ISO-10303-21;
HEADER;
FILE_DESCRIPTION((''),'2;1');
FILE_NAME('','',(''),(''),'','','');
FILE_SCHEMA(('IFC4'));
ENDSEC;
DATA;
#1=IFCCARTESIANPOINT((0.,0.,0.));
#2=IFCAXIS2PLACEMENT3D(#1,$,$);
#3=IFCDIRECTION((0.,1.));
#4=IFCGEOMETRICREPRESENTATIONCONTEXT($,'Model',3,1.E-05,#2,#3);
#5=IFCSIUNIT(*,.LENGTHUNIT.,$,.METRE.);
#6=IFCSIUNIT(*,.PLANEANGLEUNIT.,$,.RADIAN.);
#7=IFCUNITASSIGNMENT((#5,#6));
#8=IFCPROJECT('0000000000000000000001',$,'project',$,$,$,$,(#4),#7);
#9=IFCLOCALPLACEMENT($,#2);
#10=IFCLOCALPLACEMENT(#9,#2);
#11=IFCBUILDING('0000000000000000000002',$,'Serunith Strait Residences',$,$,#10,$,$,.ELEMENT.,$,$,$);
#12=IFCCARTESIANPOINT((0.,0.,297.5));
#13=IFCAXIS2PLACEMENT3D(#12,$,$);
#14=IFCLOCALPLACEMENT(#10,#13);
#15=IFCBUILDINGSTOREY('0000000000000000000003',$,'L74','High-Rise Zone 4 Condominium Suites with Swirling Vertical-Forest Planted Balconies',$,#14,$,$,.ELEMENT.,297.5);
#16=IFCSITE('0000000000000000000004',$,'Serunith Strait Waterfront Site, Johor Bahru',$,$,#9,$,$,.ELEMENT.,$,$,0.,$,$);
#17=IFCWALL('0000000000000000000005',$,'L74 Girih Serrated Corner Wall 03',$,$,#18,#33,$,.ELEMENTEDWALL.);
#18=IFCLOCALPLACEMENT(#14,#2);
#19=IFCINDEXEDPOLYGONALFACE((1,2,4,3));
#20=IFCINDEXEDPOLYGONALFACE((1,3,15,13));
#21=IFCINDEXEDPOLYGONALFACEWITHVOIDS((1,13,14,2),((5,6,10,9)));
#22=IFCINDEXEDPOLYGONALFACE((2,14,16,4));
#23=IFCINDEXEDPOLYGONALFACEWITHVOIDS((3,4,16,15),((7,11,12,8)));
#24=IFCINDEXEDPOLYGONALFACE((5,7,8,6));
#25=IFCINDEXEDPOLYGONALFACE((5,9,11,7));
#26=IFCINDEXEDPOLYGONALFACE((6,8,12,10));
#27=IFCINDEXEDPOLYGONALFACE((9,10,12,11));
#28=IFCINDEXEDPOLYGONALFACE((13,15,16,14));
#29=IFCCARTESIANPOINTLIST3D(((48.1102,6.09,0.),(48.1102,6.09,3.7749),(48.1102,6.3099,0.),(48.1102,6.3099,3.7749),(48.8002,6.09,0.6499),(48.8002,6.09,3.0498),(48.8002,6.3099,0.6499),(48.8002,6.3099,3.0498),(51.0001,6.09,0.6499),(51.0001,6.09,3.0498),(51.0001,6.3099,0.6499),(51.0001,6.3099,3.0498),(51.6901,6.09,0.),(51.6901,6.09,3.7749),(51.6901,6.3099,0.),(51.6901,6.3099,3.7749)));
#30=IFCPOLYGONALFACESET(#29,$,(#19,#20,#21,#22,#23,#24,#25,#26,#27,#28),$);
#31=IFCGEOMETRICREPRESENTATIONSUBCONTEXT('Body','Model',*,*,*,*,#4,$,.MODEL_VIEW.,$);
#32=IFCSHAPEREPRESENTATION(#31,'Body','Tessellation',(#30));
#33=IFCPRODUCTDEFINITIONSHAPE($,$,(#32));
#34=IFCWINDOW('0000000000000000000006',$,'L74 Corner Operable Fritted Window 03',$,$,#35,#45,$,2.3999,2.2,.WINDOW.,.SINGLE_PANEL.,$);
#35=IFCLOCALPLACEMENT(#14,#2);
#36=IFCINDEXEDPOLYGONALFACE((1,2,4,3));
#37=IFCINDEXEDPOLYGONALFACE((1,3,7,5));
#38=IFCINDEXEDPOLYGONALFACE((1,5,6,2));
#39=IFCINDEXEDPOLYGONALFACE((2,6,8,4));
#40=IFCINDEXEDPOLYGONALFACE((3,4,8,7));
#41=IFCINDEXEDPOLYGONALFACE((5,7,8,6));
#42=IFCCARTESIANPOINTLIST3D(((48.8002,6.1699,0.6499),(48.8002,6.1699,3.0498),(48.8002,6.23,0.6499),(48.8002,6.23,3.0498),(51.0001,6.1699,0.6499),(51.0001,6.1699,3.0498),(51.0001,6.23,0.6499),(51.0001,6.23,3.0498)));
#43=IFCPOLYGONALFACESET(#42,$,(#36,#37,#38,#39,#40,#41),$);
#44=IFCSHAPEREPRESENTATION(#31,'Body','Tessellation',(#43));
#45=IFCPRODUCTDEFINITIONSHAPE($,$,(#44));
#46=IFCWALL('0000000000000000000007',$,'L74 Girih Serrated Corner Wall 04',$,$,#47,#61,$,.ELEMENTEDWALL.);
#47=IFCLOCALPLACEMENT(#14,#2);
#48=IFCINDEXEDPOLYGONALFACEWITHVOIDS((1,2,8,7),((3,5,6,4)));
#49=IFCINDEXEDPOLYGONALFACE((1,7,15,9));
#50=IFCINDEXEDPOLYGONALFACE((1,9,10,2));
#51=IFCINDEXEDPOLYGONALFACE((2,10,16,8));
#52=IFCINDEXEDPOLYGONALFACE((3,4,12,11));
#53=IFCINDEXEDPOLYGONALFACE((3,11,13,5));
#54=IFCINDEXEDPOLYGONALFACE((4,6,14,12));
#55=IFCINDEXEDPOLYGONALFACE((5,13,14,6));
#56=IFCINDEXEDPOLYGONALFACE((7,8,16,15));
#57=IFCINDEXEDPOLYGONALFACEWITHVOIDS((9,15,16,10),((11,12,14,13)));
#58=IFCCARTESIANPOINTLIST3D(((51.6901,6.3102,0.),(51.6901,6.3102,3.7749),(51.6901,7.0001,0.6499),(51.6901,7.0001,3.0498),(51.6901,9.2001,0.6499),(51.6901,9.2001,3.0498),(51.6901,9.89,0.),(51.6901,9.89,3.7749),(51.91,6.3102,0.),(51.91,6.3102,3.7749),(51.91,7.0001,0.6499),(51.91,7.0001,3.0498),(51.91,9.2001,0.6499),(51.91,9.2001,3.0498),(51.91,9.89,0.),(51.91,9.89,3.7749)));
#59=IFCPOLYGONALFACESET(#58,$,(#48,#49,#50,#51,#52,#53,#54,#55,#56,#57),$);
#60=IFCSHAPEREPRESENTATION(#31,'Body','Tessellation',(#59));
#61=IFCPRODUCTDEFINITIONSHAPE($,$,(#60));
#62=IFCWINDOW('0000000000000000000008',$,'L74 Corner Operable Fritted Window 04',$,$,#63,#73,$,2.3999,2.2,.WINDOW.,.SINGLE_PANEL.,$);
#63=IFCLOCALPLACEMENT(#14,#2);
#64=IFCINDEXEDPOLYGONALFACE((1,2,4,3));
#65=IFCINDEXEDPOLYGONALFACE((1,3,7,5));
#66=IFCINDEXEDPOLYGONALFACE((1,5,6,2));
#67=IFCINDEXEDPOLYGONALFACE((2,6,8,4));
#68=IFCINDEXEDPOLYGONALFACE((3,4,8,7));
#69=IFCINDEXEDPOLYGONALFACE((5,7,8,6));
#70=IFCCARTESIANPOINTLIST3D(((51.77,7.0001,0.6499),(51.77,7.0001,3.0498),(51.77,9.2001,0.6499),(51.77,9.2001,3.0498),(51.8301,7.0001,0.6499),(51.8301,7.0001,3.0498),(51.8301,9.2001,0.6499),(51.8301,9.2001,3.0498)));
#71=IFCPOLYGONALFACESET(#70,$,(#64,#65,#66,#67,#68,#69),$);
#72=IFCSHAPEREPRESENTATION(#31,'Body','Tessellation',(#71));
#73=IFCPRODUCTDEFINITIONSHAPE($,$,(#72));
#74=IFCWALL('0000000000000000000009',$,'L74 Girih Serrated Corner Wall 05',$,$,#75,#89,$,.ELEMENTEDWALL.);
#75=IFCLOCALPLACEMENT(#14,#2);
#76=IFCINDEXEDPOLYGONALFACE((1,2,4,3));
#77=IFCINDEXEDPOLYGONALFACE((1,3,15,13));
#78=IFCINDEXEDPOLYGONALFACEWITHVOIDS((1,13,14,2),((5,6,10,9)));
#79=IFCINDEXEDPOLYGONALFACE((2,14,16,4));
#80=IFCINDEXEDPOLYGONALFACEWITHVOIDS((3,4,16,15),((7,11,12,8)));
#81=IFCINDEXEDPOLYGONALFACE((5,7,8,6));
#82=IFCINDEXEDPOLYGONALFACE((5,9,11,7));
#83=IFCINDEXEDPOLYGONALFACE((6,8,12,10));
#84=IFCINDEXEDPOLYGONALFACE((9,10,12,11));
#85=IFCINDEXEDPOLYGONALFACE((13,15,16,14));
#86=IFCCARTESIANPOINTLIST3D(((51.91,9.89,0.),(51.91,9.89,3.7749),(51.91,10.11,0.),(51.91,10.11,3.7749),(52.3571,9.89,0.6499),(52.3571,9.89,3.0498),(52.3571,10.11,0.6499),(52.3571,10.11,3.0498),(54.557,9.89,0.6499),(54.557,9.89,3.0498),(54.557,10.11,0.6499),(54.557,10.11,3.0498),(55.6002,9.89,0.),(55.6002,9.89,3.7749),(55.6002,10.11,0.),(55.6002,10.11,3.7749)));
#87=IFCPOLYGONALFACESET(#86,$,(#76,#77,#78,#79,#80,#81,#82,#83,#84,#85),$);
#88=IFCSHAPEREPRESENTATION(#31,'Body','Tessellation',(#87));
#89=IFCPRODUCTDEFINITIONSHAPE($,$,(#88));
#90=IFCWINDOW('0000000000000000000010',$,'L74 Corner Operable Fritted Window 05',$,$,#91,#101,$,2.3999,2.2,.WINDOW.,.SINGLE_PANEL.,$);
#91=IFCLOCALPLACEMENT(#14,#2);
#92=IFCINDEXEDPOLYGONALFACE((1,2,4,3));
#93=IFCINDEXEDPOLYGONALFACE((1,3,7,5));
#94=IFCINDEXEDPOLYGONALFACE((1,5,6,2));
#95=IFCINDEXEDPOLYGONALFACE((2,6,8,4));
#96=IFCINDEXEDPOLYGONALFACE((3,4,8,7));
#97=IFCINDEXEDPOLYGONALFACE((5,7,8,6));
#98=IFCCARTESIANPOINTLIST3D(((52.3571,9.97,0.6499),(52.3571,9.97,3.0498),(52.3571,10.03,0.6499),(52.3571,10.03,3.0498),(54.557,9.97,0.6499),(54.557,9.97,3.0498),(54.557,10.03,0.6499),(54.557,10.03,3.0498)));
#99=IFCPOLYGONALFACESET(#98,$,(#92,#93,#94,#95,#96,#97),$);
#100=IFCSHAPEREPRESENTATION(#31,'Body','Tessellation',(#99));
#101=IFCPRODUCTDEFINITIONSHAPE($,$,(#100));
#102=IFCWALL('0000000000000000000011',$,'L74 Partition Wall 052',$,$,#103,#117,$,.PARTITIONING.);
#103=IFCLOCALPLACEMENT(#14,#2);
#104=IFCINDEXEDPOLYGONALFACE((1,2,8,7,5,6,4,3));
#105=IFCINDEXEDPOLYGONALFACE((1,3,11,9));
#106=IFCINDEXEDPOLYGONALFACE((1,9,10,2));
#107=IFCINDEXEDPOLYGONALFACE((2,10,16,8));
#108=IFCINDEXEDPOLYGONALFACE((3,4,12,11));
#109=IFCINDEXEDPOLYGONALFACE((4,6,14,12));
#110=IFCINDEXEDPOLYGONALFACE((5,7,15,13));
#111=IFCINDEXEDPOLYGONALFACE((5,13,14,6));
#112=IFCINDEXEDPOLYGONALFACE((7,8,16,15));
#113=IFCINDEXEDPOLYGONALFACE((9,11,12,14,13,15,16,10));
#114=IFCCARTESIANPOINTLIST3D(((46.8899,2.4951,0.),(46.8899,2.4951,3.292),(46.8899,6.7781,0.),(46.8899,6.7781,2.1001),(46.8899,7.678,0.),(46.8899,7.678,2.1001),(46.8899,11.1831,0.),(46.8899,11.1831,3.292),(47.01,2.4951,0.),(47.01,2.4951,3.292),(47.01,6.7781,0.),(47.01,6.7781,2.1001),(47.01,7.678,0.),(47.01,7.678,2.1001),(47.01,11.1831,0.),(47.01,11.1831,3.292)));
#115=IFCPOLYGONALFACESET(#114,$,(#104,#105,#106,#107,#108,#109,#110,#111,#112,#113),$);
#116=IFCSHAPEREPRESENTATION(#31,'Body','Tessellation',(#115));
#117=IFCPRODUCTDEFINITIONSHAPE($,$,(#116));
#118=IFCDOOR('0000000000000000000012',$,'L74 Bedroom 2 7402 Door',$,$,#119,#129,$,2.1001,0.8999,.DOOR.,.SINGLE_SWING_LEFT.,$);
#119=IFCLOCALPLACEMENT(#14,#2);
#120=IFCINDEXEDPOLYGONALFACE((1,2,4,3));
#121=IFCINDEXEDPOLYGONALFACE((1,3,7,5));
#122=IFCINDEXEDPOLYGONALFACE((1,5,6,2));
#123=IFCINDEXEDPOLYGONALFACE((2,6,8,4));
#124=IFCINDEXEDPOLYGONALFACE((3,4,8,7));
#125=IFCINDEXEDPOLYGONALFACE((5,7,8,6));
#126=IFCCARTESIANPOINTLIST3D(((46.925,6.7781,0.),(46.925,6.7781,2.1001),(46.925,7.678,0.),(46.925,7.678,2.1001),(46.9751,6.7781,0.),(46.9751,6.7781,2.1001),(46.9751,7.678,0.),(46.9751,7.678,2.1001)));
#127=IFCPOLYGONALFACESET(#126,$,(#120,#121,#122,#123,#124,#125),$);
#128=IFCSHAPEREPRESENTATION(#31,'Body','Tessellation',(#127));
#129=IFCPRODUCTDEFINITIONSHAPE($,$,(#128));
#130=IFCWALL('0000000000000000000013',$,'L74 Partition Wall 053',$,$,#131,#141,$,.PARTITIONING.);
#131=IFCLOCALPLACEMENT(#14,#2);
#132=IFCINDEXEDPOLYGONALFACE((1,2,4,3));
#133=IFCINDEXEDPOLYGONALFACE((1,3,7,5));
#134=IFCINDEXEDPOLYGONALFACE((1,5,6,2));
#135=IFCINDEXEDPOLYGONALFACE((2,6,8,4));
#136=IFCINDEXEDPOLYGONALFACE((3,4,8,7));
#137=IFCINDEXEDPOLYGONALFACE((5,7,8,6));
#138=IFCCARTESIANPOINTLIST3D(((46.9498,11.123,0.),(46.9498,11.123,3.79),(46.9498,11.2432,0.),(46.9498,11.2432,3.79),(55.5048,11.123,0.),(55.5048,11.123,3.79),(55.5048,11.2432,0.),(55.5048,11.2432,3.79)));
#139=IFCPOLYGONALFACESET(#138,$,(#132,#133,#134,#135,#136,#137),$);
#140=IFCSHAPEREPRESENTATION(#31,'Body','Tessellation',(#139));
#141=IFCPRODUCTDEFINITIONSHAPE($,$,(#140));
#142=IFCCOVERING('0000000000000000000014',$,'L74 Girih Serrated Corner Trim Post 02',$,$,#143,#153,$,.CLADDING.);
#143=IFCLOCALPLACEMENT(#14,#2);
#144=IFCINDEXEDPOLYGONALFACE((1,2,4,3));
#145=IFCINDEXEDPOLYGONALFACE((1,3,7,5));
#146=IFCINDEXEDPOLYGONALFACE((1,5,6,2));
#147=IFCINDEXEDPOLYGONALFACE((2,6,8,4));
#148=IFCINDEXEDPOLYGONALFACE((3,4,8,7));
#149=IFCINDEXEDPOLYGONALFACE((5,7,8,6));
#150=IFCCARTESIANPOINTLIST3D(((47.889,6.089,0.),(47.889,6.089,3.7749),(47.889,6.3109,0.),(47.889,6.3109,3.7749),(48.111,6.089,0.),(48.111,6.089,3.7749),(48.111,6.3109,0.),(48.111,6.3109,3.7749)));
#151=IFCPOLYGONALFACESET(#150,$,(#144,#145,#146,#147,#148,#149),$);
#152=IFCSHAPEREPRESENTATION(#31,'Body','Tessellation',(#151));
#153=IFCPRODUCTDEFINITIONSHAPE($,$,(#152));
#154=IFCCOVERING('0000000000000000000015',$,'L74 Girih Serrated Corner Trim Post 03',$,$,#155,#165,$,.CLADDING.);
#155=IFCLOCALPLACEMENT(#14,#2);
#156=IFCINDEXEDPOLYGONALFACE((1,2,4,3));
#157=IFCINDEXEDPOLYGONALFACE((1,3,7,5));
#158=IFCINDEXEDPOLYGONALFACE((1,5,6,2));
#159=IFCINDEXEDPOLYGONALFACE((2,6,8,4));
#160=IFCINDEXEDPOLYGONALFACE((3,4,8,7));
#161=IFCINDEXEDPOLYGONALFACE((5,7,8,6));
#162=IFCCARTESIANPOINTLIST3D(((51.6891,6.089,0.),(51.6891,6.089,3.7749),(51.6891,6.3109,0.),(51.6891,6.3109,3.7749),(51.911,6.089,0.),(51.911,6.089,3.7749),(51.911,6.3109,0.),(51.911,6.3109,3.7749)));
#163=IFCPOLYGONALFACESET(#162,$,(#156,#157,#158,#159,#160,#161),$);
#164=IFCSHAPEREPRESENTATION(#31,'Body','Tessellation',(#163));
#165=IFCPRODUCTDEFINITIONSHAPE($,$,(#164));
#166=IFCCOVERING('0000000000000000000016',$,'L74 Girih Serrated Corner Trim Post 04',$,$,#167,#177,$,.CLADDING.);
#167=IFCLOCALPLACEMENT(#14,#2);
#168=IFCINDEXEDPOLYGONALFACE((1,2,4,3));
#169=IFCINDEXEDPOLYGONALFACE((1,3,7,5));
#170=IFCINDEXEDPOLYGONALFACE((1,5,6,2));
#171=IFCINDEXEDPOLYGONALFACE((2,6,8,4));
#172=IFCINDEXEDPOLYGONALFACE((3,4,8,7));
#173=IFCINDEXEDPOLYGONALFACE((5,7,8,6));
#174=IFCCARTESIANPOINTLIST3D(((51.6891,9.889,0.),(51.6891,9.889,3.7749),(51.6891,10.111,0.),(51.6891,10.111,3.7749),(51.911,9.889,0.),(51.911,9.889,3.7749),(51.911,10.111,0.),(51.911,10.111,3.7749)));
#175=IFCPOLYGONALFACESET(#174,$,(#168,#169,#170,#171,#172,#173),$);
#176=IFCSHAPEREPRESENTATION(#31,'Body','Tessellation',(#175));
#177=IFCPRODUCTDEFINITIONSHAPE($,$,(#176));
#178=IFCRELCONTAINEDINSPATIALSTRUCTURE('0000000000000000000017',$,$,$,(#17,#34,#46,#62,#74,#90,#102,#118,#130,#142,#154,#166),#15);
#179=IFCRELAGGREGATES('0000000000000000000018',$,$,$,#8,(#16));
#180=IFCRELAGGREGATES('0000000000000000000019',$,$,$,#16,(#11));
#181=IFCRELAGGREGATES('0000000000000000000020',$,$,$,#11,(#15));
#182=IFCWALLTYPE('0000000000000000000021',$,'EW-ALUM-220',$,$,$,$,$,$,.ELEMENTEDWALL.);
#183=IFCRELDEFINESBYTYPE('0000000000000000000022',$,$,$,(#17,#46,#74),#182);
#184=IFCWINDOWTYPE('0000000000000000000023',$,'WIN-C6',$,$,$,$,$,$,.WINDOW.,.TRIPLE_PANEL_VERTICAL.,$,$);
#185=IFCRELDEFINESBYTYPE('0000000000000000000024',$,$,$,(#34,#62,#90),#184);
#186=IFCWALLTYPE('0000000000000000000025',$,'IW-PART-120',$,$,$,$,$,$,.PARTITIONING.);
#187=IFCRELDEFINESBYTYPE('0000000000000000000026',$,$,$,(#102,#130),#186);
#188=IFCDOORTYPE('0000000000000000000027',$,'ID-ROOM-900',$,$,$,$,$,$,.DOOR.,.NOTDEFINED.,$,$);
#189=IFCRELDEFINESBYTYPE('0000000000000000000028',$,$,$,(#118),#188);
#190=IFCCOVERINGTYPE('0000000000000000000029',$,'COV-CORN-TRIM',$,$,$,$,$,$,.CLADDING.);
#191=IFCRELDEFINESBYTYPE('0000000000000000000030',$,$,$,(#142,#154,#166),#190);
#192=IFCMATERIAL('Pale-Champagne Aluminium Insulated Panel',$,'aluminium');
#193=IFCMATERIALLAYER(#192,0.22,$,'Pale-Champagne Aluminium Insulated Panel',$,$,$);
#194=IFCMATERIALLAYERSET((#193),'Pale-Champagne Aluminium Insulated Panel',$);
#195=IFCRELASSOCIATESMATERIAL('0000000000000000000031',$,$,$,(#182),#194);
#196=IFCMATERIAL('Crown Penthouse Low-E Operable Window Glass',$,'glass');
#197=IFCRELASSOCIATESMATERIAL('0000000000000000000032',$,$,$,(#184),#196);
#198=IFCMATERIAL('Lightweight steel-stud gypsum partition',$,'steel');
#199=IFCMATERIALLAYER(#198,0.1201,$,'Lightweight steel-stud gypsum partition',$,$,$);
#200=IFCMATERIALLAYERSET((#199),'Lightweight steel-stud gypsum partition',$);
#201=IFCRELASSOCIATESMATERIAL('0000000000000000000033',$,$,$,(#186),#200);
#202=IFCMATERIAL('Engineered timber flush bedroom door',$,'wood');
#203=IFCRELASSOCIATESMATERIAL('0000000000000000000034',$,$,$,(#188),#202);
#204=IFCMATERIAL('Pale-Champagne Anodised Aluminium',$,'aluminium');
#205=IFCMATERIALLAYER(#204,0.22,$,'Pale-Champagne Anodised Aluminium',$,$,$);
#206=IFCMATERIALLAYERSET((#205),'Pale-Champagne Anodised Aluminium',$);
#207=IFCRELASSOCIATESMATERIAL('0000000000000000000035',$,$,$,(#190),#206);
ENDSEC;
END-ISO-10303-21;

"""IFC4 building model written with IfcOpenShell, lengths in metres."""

from ifc_helpers import new_model, si_unit, direction, frame, frame_2d, origin, origin_2d, place, context, subcontext, project, spatial, rectangle, extrude, source, transform, mapped, material, layer, layer_set, type_object, element, fill, save


model = new_model("IFC4")

# Units and contexts
model_context = context("Model", 3, precision=1e-05, world=origin(), true_north=direction((0.0, 1.0)))
body_context = subcontext(model_context, "Body", "Model", "MODEL_VIEW")
ifc_project = project(units=[si_unit("LENGTHUNIT", "METRE"), si_unit("PLANEANGLEUNIT", "RADIAN")], contexts=[model_context])

# Site, building, storey
site_placement = place(None, origin())
site = spatial("IfcSite", under=ifc_project, at=site_placement, Name="Serunith Strait Waterfront Site, Johor Bahru", CompositionType="ELEMENT", RefElevation=0.0)
building_placement = place(site_placement, origin())
building = spatial("IfcBuilding", under=site, at=building_placement, Name="Serunith Strait Residences", CompositionType="ELEMENT")
storey_placement = place(building_placement, frame((0.0, 0.0, 297.5)))
storey = spatial("IfcBuildingStorey", under=building, at=storey_placement, Name="L74", Description="High-Rise Zone 4 Condominium Suites with Swirling Vertical-Forest Planted Balconies", CompositionType="ELEMENT", Elevation=297.5)

# Walls, openings, windows
ifc_material_1 = material(Name="Pale-Champagne Aluminium Insulated Panel", Category="aluminium")
ifc_layer_1 = layer(ifc_material_1, 0.22, Name="Pale-Champagne Aluminium Insulated Panel")
ifc_layer_set_1 = layer_set([ifc_layer_1], Name="Pale-Champagne Aluminium Insulated Panel")
wall_type_1 = type_object("IfcWallType", Name="EW-ALUM-220", PredefinedType="ELEMENTEDWALL", material=ifc_layer_set_1)
ifc_material_2 = material(Name="Crown Penthouse Low-E Operable Window Glass", Category="glass")
window_type = type_object("IfcWindowType", Name="WIN-C6", PartitioningType="TRIPLE_PANEL_VERTICAL", PredefinedType="WINDOW", material=ifc_material_2)
shared_shape_1 = source(origin(), body_context, "Body", "SweptSolid", [
    extrude(rectangle(XDim=2.2, YDim=2.3999, at=frame_2d((1.1001, 1.2))), frame((0.0, 0.03, 0.0), z_axis=(0.0, -1.0, 0.0), x_axis=(1.0, 0.0, 0.0)), (0.0, 0.0, 1.0), 0.0601),
])
wall_1_placement = place(storey_placement, frame((48.1101, 6.2, 0.0), z_axis=(0.0, 0.0, 1.0), x_axis=(1.0, 0.0, 0.0)))
wall_1 = element("IfcWall", 1, at=wall_1_placement, inside=storey, type_object=wall_type_1, Name="L74 Girih Serrated Corner Wall 03", PredefinedType="ELEMENTEDWALL", context=body_context, shape_type="SweptSolid", body=[
    extrude(rectangle(XDim=3.5798, YDim=0.22, at=frame_2d((1.79, 0.0))), origin(), (0.0, 0.0, 1.0), 3.7749),
])
opening_1_placement = place(wall_1_placement, frame((0.6899, 0.0, 0.6499)))
opening_1 = element("IfcOpeningElement", 2, at=opening_1_placement, cuts=wall_1, PredefinedType="OPENING", context=body_context, shape_type="SweptSolid", body=[
    extrude(rectangle(XDim=2.2, YDim=2.3999, at=frame_2d((1.1001, 1.2))), frame((0.0, 0.1201, 0.0), z_axis=(0.0, -1.0, 0.0), x_axis=(1.0, 0.0, 0.0)), (0.0, 0.0, 1.0), 0.24),
])
window_1_placement = place(opening_1_placement, origin())
window_1 = element("IfcWindow", 3, at=window_1_placement, inside=storey, type_object=window_type, Name="L74 Corner Operable Fritted Window 03", OverallHeight=2.3999, OverallWidth=2.2, PartitioningType="SINGLE_PANEL", PredefinedType="WINDOW", context=body_context, shape_type="MappedRepresentation", body=[
    mapped(shared_shape_1, transform((0.0, 0.0, 0.0), scale=1.0)),
])
fill(opening_1, window_1)
wall_2_placement = place(storey_placement, frame((51.8, 6.3101, 0.0), z_axis=(0.0, 0.0, 1.0), x_axis=(0.0, 1.0, 0.0)))
wall_2 = element("IfcWall", 4, at=wall_2_placement, inside=storey, type_object=wall_type_1, Name="L74 Girih Serrated Corner Wall 04", PredefinedType="ELEMENTEDWALL", context=body_context, shape_type="SweptSolid", body=[
    extrude(rectangle(XDim=3.5798, YDim=0.22, at=frame_2d((1.79, 0.0))), origin(), (0.0, 0.0, 1.0), 3.7749),
])
opening_2_placement = place(wall_2_placement, frame((0.6899, 0.0, 0.6499)))
opening_2 = element("IfcOpeningElement", 5, at=opening_2_placement, cuts=wall_2, PredefinedType="OPENING", context=body_context, shape_type="SweptSolid", body=[
    extrude(rectangle(XDim=2.2, YDim=2.3999, at=frame_2d((1.1001, 1.2))), frame((0.0, 0.1201, 0.0), z_axis=(0.0, -1.0, 0.0), x_axis=(1.0, 0.0, 0.0)), (0.0, 0.0, 1.0), 0.24),
])
window_2_placement = place(opening_2_placement, origin())
window_2 = element("IfcWindow", 6, at=window_2_placement, inside=storey, type_object=window_type, Name="L74 Corner Operable Fritted Window 04", OverallHeight=2.3999, OverallWidth=2.2, PartitioningType="SINGLE_PANEL", PredefinedType="WINDOW", context=body_context, shape_type="MappedRepresentation", body=[
    mapped(shared_shape_1, transform((0.0, 0.0, 0.0), scale=1.0)),
])
fill(opening_2, window_2)
wall_3_placement = place(storey_placement, frame((51.9099, 10.0, 0.0), z_axis=(0.0, 0.0, 1.0), x_axis=(1.0, 0.0, 0.0)))
wall_3 = element("IfcWall", 7, at=wall_3_placement, inside=storey, type_object=wall_type_1, Name="L74 Girih Serrated Corner Wall 05", PredefinedType="ELEMENTEDWALL", context=body_context, shape_type="SweptSolid", body=[
    extrude(rectangle(XDim=3.6902, YDim=0.22, at=frame_2d((1.8452, 0.0))), origin(), (0.0, 0.0, 1.0), 3.7749),
])
opening_3_placement = place(wall_3_placement, frame((0.447, 0.0, 0.6499)))
opening_3 = element("IfcOpeningElement", 8, at=opening_3_placement, cuts=wall_3, PredefinedType="OPENING", context=body_context, shape_type="SweptSolid", body=[
    extrude(rectangle(XDim=2.2, YDim=2.3999, at=frame_2d((1.1001, 1.2))), frame((0.0, 0.1201, 0.0), z_axis=(0.0, -1.0, 0.0), x_axis=(1.0, 0.0, 0.0)), (0.0, 0.0, 1.0), 0.24),
])
window_3_placement = place(opening_3_placement, origin())
window_3 = element("IfcWindow", 9, at=window_3_placement, inside=storey, type_object=window_type, Name="L74 Corner Operable Fritted Window 05", OverallHeight=2.3999, OverallWidth=2.2, PartitioningType="SINGLE_PANEL", PredefinedType="WINDOW", context=body_context, shape_type="MappedRepresentation", body=[
    mapped(shared_shape_1, transform((0.0, 0.0, 0.0), scale=1.0)),
])
fill(opening_3, window_3)

# Wall, opening, door
ifc_material_3 = material(Name="Lightweight steel-stud gypsum partition", Category="steel")
ifc_layer_2 = layer(ifc_material_3, 0.1201, Name="Lightweight steel-stud gypsum partition")
ifc_layer_set_2 = layer_set([ifc_layer_2], Name="Lightweight steel-stud gypsum partition")
wall_type_2 = type_object("IfcWallType", Name="IW-PART-120", PredefinedType="PARTITIONING", material=ifc_layer_set_2)
wall_4_placement = place(storey_placement, frame((46.95, 2.4951, 0.0), z_axis=(0.0, 0.0, 1.0), x_axis=(0.0, 1.0, 0.0)))
wall_4 = element("IfcWall", 10, at=wall_4_placement, inside=storey, type_object=wall_type_2, Name="L74 Partition Wall 052", PredefinedType="PARTITIONING", context=body_context, shape_type="SweptSolid", body=[
    extrude(rectangle(XDim=8.688, YDim=0.1201, at=frame_2d((4.344, 0.0))), origin(), (0.0, 0.0, 1.0), 3.292),
])
opening_4_placement = place(wall_4_placement, frame((4.283, 0.0, 0.0)))
opening_4 = element("IfcOpeningElement", 11, at=opening_4_placement, cuts=wall_4, PredefinedType="OPENING", context=body_context, shape_type="SweptSolid", body=[
    extrude(rectangle(XDim=0.8999, YDim=2.1001, at=frame_2d((0.45, 1.05))), frame((0.0, 0.0701, 0.0), z_axis=(0.0, -1.0, 0.0), x_axis=(1.0, 0.0, 0.0)), (0.0, 0.0, 1.0), 0.1401),
])
ifc_material_4 = material(Name="Engineered timber flush bedroom door", Category="wood")
door_type = type_object("IfcDoorType", Name="ID-ROOM-900", OperationType="NOTDEFINED", PredefinedType="DOOR", material=ifc_material_4)
shared_shape_2 = source(origin(), body_context, "Body", "SweptSolid", [
    extrude(rectangle(XDim=0.8999, YDim=2.1001, at=frame_2d((0.45, 1.05))), frame((0.0, 0.0249, 0.0), z_axis=(0.0, -1.0, 0.0), x_axis=(1.0, 0.0, 0.0)), (0.0, 0.0, 1.0), 0.05),
])
door_placement = place(opening_4_placement, origin())
door = element("IfcDoor", 12, at=door_placement, inside=storey, type_object=door_type, Name="L74 Bedroom 2 7402 Door", OperationType="SINGLE_SWING_LEFT", OverallHeight=2.1001, OverallWidth=0.8999, PredefinedType="DOOR", context=body_context, shape_type="MappedRepresentation", body=[
    mapped(shared_shape_2, transform((0.0, 0.0, 0.0), scale=1.0)),
])
fill(opening_4, door)

# Wall
wall_5_placement = place(storey_placement, frame((46.95, 11.1831, 0.0), z_axis=(0.0, 0.0, 1.0), x_axis=(1.0, 0.0, 0.0)))
element("IfcWall", 13, at=wall_5_placement, inside=storey, type_object=wall_type_2, Name="L74 Partition Wall 053", PredefinedType="PARTITIONING", context=body_context, shape_type="SweptSolid", body=[
    extrude(rectangle(XDim=8.5549, YDim=0.1201, at=frame_2d((4.2773, 0.0))), origin(), (0.0, 0.0, 1.0), 3.79),
])

# Coverings
ifc_material_5 = material(Name="Pale-Champagne Anodised Aluminium", Category="aluminium")
ifc_layer_3 = layer(ifc_material_5, 0.22, Name="Pale-Champagne Anodised Aluminium")
ifc_layer_set_3 = layer_set([ifc_layer_3], Name="Pale-Champagne Anodised Aluminium")
covering_type = type_object("IfcCoveringType", Name="COV-CORN-TRIM", PredefinedType="CLADDING", material=ifc_layer_set_3)
shared_shape_3 = source(origin(), body_context, "Body", "SweptSolid", [
    extrude(rectangle(XDim=0.2219, YDim=0.2219, at=origin_2d()), origin(), (0.0, 0.0, 1.0), 3.7749),
])
for number, where, z_axis, x_axis, name in (
    (14, (48.0, 6.2, 0.0), (0.0, 0.0, 1.0), (1.0, 0.0, 0.0), "L74 Girih Serrated Corner Trim Post 02"),
    (15, (51.8, 6.2, 0.0), (0.0, 0.0, 1.0), (1.0, 0.0, 0.0), "L74 Girih Serrated Corner Trim Post 03"),
    (16, (51.8, 10.0, 0.0), (0.0, 0.0, 1.0), (1.0, 0.0, 0.0), "L74 Girih Serrated Corner Trim Post 04"),
):
    element("IfcCovering", number, at=place(storey_placement, frame(where, z_axis=z_axis, x_axis=x_axis)), inside=storey, type_object=covering_type, Name=name, PredefinedType="CLADDING", context=body_context, shape_type="MappedRepresentation", body=[
        mapped(shared_shape_3, transform((0.0, 0.0, 0.0), scale=1.0)),
    ])

save(model, "model.ifc")
